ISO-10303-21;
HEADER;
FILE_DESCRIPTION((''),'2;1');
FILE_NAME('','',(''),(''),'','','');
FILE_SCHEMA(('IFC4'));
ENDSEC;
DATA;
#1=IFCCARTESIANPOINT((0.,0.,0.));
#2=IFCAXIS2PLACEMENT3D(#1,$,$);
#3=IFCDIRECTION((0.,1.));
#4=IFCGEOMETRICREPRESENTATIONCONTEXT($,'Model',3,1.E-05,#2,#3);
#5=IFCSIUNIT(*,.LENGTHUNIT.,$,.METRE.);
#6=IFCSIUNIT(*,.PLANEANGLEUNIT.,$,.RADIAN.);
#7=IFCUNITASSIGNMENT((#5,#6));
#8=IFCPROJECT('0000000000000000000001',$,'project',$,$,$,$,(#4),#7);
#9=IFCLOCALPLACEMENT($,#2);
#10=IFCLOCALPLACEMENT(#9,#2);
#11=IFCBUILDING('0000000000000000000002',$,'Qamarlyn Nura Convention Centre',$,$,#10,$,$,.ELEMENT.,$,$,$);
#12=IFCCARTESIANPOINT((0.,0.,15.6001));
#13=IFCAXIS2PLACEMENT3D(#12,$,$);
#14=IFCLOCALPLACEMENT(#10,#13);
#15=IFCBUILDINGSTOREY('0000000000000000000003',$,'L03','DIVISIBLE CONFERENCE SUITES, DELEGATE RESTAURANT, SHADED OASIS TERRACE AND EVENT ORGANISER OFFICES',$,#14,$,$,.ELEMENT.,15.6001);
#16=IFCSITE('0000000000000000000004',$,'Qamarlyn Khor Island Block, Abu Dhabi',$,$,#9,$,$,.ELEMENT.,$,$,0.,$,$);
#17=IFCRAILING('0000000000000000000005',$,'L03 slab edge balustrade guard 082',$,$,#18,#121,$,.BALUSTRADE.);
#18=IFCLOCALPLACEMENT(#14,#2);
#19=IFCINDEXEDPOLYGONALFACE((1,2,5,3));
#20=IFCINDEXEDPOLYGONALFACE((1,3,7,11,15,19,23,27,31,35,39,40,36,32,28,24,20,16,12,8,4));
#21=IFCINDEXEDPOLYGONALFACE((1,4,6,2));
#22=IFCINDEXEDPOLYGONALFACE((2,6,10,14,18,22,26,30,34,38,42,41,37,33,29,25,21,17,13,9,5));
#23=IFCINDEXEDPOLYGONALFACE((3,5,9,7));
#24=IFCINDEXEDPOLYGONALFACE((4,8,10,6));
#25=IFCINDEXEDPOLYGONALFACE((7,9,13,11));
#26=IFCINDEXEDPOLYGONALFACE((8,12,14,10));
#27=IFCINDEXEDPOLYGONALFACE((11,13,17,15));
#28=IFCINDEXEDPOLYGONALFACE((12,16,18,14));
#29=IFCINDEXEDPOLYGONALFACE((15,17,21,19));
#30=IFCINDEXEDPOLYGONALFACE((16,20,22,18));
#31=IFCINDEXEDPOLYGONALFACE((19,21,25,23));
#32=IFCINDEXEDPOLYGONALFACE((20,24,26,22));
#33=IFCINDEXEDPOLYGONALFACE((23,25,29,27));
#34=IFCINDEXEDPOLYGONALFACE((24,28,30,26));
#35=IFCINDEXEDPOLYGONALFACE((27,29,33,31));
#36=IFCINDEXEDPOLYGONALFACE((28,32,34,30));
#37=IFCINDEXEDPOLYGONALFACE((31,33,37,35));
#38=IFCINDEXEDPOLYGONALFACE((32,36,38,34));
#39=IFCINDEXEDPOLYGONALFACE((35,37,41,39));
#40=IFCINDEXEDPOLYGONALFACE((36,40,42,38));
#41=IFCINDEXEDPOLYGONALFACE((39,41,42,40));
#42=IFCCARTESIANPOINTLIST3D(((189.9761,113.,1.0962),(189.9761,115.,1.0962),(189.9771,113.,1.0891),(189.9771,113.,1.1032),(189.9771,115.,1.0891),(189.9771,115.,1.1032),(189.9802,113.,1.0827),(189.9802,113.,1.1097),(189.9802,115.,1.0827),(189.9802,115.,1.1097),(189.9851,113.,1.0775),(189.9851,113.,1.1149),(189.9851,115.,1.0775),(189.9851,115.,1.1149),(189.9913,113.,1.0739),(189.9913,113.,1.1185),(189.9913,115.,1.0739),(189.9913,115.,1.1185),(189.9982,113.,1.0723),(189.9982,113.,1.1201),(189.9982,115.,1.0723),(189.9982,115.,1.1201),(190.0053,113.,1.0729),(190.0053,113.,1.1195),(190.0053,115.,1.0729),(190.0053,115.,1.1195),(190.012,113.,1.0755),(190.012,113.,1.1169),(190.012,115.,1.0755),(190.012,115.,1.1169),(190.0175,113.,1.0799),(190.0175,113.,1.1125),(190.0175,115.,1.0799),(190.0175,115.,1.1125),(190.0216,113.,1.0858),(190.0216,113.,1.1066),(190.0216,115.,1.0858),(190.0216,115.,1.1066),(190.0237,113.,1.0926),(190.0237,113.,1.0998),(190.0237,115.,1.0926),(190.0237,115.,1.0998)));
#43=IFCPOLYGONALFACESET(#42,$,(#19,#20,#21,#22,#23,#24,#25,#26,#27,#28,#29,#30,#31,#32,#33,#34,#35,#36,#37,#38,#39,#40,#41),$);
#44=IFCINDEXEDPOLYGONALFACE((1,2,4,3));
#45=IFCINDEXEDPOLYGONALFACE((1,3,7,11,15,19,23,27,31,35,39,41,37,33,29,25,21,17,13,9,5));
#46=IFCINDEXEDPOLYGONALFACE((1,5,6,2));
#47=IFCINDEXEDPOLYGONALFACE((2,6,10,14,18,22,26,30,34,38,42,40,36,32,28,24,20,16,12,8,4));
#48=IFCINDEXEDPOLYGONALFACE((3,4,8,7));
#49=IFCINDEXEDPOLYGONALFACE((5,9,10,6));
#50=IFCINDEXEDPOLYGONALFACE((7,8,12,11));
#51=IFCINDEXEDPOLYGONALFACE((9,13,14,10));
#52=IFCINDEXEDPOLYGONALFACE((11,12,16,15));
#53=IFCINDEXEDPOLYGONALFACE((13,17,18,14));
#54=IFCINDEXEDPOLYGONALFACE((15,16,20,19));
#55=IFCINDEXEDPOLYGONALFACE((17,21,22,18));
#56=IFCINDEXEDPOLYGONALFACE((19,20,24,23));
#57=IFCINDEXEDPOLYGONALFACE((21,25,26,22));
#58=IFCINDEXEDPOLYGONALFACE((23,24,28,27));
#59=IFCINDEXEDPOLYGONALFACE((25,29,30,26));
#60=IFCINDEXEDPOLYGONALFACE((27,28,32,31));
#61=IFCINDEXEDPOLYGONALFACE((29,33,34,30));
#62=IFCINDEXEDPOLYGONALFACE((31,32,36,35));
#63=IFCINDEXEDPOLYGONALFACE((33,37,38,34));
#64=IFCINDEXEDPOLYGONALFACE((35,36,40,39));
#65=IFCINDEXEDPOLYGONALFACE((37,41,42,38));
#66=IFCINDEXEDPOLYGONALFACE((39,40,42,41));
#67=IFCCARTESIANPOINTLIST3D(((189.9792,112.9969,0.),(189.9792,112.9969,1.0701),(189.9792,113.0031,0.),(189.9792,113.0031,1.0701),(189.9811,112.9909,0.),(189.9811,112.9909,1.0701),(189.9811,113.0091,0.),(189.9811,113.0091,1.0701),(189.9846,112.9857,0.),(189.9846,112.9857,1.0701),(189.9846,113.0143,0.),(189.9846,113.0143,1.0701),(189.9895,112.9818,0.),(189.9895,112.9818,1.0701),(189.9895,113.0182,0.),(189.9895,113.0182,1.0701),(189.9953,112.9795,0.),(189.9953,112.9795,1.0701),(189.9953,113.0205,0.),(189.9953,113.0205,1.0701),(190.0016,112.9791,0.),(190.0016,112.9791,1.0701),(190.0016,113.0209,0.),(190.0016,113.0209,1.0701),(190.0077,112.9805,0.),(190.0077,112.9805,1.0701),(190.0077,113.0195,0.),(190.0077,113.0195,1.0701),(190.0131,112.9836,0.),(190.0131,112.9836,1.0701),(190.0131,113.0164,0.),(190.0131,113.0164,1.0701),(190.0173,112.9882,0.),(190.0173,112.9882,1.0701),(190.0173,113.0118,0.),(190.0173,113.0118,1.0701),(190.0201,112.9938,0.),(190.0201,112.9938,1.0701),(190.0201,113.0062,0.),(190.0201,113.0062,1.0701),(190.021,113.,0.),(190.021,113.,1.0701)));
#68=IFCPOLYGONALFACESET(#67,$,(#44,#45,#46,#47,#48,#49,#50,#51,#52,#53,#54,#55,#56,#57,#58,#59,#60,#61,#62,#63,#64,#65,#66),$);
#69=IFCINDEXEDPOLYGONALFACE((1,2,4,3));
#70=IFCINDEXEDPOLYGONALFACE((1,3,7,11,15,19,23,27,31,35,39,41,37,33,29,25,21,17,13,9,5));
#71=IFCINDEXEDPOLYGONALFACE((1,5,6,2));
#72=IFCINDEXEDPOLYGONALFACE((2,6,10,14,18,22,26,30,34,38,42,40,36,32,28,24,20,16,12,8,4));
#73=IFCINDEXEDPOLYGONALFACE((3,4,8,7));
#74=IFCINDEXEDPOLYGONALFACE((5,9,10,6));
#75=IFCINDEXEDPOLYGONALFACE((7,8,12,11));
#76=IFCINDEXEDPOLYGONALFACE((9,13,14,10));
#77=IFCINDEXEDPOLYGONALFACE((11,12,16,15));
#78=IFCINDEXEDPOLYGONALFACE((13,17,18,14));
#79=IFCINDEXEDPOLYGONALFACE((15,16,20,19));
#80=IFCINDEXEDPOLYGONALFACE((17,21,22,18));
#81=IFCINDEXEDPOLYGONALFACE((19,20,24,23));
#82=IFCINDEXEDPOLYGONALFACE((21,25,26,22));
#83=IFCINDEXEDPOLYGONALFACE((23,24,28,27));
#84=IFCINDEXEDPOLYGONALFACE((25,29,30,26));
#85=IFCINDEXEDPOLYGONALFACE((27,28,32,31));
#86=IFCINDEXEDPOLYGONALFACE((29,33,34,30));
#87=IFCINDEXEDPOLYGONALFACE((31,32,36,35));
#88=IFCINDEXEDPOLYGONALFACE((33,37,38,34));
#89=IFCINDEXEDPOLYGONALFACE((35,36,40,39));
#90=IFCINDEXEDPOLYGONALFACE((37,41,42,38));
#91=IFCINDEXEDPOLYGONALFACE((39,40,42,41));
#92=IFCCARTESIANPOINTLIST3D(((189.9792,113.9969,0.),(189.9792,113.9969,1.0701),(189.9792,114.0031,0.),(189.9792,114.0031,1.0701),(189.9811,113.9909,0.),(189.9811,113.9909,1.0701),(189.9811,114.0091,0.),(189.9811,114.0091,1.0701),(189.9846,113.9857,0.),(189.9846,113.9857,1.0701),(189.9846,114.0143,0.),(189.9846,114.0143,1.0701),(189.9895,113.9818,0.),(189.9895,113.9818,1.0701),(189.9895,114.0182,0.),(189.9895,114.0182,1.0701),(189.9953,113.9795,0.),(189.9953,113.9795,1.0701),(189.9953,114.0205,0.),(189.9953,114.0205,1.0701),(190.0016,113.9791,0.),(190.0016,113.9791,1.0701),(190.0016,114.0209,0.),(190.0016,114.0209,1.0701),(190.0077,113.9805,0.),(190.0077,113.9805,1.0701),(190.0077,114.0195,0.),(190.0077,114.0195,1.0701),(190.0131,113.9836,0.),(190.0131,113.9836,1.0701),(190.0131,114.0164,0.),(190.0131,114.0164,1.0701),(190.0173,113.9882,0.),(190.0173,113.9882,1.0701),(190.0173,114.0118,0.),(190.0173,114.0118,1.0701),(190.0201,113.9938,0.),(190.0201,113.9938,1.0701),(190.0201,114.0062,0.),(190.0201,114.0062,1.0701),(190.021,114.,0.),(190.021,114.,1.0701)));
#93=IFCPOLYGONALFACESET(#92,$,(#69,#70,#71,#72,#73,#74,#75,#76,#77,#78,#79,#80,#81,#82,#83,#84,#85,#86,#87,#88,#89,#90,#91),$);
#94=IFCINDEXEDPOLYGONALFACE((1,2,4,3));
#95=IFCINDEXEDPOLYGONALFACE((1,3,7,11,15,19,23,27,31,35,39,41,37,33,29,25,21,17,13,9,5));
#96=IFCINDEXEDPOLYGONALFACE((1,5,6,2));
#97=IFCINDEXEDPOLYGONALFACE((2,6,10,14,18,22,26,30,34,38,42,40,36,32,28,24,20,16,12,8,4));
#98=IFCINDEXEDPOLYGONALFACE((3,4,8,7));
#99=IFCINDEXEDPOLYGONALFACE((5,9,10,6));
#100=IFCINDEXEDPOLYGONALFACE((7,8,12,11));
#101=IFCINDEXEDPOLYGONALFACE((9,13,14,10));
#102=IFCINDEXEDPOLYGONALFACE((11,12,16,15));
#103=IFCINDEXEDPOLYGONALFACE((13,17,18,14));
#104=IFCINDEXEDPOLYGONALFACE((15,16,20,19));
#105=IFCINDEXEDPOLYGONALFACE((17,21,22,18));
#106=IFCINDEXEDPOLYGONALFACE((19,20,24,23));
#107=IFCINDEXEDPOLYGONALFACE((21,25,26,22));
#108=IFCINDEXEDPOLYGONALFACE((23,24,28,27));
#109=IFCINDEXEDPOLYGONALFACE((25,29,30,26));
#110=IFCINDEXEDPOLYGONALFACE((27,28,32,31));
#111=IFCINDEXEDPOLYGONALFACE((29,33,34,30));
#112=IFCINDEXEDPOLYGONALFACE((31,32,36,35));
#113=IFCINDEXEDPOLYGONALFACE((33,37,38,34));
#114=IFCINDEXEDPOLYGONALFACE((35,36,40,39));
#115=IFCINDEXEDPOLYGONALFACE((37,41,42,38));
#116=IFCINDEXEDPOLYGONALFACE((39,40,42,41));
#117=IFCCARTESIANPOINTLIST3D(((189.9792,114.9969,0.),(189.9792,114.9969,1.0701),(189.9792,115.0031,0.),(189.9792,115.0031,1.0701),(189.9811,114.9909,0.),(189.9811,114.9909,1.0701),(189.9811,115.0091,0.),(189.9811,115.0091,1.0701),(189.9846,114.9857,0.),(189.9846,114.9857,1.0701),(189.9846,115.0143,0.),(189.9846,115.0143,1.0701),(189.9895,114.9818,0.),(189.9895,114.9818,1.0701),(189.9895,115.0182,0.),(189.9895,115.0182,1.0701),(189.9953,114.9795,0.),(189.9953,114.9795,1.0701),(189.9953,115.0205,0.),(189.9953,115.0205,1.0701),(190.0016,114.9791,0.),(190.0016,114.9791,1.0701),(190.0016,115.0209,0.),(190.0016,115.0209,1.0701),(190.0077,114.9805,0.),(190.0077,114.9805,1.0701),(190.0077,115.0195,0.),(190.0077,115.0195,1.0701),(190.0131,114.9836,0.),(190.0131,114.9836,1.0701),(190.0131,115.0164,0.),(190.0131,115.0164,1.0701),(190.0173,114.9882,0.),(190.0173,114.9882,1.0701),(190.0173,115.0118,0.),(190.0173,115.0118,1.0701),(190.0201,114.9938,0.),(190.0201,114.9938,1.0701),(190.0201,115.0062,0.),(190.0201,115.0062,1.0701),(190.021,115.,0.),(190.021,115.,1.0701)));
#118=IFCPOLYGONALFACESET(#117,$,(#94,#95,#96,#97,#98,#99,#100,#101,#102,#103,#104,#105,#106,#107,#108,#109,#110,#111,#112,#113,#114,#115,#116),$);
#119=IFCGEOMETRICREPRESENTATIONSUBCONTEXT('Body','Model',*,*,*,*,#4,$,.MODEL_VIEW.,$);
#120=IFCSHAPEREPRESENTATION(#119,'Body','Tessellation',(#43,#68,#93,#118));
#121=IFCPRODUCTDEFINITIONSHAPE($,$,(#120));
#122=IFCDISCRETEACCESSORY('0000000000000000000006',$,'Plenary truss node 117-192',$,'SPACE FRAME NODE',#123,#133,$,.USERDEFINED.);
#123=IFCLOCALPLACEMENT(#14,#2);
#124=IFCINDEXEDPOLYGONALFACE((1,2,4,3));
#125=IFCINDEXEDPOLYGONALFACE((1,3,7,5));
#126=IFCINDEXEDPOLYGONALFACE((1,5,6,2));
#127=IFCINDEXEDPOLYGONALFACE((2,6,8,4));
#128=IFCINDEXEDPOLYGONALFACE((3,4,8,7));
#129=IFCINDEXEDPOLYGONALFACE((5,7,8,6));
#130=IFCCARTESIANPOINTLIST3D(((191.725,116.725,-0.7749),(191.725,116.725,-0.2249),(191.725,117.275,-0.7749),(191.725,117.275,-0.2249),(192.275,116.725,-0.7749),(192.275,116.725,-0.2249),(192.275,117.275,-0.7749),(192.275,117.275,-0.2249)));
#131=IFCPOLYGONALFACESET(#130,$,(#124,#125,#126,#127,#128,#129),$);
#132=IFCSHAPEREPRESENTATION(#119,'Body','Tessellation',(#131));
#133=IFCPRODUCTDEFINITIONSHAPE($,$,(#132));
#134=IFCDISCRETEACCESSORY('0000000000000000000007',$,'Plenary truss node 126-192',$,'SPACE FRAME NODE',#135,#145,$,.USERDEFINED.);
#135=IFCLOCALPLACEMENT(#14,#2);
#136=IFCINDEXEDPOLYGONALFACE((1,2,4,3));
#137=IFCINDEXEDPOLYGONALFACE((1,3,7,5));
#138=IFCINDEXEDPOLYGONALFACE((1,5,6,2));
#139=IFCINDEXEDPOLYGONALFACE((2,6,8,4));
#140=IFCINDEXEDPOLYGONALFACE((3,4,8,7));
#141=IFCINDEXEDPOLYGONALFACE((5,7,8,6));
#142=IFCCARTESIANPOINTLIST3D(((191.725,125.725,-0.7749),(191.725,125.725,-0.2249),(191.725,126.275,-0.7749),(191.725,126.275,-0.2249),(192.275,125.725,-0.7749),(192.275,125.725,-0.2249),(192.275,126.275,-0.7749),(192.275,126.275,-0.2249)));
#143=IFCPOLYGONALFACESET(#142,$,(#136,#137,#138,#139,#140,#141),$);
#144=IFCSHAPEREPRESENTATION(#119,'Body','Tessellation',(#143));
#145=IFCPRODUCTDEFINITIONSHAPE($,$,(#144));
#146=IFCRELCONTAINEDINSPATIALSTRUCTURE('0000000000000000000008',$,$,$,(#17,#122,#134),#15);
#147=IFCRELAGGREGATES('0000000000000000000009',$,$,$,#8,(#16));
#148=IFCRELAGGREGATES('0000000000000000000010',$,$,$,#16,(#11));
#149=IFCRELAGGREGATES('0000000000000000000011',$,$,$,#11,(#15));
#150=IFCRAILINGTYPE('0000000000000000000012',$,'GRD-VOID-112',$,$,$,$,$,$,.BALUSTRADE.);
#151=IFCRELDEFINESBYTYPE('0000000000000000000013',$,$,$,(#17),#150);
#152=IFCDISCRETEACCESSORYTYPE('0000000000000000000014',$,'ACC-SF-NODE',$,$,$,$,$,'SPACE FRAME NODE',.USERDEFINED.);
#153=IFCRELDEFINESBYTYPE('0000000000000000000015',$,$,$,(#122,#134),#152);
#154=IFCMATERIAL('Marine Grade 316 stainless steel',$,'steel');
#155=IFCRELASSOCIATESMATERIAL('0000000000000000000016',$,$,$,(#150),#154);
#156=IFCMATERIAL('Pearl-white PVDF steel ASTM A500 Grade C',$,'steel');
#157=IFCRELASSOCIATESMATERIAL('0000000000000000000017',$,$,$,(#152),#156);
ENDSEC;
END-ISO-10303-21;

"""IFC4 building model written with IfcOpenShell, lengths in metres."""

from ifc_helpers import new_model, si_unit, direction, frame, origin, origin_2d, place, context, subcontext, project, spatial, rectangle, circle, extrude, material, type_object, element, save


model = new_model("IFC4")

# Units and contexts
model_context = context("Model", 3, precision=1e-05, world=origin(), true_north=direction((0.0, 1.0)))
body_context = subcontext(model_context, "Body", "Model", "MODEL_VIEW")
ifc_project = project(units=[si_unit("LENGTHUNIT", "METRE"), si_unit("PLANEANGLEUNIT", "RADIAN")], contexts=[model_context])

# Site, building, storey
site_placement = place(None, origin())
site = spatial("IfcSite", under=ifc_project, at=site_placement, Name="Qamarlyn Khor Island Block, Abu Dhabi", CompositionType="ELEMENT", RefElevation=0.0)
building_placement = place(site_placement, origin())
building = spatial("IfcBuilding", under=site, at=building_placement, Name="Qamarlyn Nura Convention Centre", CompositionType="ELEMENT")
storey_placement = place(building_placement, frame((0.0, 0.0, 15.6001)))
storey = spatial("IfcBuildingStorey", under=building, at=storey_placement, Name="L03", Description="DIVISIBLE CONFERENCE SUITES, DELEGATE RESTAURANT, SHADED OASIS TERRACE AND EVENT ORGANISER OFFICES", CompositionType="ELEMENT", Elevation=15.6001)

# Railing
ifc_material_1 = material(Name="Marine Grade 316 stainless steel", Category="steel")
railing_type = type_object("IfcRailingType", Name="GRD-VOID-112", PredefinedType="BALUSTRADE", material=ifc_material_1)
railing_1_placement = place(storey_placement, frame((190.0, 113.0, 0.0)))
element("IfcRailing", 1, at=railing_1_placement, inside=storey, type_object=railing_type, Name="L03 slab edge balustrade guard 082", PredefinedType="BALUSTRADE", context=body_context, shape_type="SweptSolid", body=[
    extrude(circle(Radius=0.0239, at=origin_2d()), frame((0.0, 0.0, 1.0962), z_axis=(0.0, 1.0, 0.0), x_axis=(-1.0, 0.0, 0.0)), (0.0, 0.0, 1.0), 2.0),
    extrude(circle(Radius=0.021, at=origin_2d()), origin(), (0.0, 0.0, 1.0), 1.0701),
    extrude(circle(Radius=0.021, at=origin_2d()), frame((0.0, 1.0, 0.0)), (0.0, 0.0, 1.0), 1.0701),
    extrude(circle(Radius=0.021, at=origin_2d()), frame((0.0, 2.0, 0.0)), (0.0, 0.0, 1.0), 1.0701),
])

# Discrete accessories
ifc_material_2 = material(Name="Pearl-white PVDF steel ASTM A500 Grade C", Category="steel")
discrete_accessory_type = type_object("IfcDiscreteAccessoryType", Name="ACC-SF-NODE", ElementType="SPACE FRAME NODE", PredefinedType="USERDEFINED", material=ifc_material_2)
for number, where, z_axis, x_axis, name in (
    (2, (192.0, 117.0, -0.7749), (0.0, 0.0, 1.0), (1.0, 0.0, 0.0), "Plenary truss node 117-192"),
    (3, (192.0, 126.0, -0.7749), (0.0, 0.0, 1.0), (1.0, 0.0, 0.0), "Plenary truss node 126-192"),
):
    element("IfcDiscreteAccessory", number, at=place(storey_placement, frame(where, z_axis=z_axis, x_axis=x_axis)), inside=storey, type_object=discrete_accessory_type, Name=name, ObjectType="SPACE FRAME NODE", PredefinedType="USERDEFINED", context=body_context, shape_type="SweptSolid", body=[
        extrude(rectangle(XDim=0.55, YDim=0.55, at=origin_2d()), origin(), (0.0, 0.0, 1.0), 0.55),
    ])

save(model, "model.ifc")
